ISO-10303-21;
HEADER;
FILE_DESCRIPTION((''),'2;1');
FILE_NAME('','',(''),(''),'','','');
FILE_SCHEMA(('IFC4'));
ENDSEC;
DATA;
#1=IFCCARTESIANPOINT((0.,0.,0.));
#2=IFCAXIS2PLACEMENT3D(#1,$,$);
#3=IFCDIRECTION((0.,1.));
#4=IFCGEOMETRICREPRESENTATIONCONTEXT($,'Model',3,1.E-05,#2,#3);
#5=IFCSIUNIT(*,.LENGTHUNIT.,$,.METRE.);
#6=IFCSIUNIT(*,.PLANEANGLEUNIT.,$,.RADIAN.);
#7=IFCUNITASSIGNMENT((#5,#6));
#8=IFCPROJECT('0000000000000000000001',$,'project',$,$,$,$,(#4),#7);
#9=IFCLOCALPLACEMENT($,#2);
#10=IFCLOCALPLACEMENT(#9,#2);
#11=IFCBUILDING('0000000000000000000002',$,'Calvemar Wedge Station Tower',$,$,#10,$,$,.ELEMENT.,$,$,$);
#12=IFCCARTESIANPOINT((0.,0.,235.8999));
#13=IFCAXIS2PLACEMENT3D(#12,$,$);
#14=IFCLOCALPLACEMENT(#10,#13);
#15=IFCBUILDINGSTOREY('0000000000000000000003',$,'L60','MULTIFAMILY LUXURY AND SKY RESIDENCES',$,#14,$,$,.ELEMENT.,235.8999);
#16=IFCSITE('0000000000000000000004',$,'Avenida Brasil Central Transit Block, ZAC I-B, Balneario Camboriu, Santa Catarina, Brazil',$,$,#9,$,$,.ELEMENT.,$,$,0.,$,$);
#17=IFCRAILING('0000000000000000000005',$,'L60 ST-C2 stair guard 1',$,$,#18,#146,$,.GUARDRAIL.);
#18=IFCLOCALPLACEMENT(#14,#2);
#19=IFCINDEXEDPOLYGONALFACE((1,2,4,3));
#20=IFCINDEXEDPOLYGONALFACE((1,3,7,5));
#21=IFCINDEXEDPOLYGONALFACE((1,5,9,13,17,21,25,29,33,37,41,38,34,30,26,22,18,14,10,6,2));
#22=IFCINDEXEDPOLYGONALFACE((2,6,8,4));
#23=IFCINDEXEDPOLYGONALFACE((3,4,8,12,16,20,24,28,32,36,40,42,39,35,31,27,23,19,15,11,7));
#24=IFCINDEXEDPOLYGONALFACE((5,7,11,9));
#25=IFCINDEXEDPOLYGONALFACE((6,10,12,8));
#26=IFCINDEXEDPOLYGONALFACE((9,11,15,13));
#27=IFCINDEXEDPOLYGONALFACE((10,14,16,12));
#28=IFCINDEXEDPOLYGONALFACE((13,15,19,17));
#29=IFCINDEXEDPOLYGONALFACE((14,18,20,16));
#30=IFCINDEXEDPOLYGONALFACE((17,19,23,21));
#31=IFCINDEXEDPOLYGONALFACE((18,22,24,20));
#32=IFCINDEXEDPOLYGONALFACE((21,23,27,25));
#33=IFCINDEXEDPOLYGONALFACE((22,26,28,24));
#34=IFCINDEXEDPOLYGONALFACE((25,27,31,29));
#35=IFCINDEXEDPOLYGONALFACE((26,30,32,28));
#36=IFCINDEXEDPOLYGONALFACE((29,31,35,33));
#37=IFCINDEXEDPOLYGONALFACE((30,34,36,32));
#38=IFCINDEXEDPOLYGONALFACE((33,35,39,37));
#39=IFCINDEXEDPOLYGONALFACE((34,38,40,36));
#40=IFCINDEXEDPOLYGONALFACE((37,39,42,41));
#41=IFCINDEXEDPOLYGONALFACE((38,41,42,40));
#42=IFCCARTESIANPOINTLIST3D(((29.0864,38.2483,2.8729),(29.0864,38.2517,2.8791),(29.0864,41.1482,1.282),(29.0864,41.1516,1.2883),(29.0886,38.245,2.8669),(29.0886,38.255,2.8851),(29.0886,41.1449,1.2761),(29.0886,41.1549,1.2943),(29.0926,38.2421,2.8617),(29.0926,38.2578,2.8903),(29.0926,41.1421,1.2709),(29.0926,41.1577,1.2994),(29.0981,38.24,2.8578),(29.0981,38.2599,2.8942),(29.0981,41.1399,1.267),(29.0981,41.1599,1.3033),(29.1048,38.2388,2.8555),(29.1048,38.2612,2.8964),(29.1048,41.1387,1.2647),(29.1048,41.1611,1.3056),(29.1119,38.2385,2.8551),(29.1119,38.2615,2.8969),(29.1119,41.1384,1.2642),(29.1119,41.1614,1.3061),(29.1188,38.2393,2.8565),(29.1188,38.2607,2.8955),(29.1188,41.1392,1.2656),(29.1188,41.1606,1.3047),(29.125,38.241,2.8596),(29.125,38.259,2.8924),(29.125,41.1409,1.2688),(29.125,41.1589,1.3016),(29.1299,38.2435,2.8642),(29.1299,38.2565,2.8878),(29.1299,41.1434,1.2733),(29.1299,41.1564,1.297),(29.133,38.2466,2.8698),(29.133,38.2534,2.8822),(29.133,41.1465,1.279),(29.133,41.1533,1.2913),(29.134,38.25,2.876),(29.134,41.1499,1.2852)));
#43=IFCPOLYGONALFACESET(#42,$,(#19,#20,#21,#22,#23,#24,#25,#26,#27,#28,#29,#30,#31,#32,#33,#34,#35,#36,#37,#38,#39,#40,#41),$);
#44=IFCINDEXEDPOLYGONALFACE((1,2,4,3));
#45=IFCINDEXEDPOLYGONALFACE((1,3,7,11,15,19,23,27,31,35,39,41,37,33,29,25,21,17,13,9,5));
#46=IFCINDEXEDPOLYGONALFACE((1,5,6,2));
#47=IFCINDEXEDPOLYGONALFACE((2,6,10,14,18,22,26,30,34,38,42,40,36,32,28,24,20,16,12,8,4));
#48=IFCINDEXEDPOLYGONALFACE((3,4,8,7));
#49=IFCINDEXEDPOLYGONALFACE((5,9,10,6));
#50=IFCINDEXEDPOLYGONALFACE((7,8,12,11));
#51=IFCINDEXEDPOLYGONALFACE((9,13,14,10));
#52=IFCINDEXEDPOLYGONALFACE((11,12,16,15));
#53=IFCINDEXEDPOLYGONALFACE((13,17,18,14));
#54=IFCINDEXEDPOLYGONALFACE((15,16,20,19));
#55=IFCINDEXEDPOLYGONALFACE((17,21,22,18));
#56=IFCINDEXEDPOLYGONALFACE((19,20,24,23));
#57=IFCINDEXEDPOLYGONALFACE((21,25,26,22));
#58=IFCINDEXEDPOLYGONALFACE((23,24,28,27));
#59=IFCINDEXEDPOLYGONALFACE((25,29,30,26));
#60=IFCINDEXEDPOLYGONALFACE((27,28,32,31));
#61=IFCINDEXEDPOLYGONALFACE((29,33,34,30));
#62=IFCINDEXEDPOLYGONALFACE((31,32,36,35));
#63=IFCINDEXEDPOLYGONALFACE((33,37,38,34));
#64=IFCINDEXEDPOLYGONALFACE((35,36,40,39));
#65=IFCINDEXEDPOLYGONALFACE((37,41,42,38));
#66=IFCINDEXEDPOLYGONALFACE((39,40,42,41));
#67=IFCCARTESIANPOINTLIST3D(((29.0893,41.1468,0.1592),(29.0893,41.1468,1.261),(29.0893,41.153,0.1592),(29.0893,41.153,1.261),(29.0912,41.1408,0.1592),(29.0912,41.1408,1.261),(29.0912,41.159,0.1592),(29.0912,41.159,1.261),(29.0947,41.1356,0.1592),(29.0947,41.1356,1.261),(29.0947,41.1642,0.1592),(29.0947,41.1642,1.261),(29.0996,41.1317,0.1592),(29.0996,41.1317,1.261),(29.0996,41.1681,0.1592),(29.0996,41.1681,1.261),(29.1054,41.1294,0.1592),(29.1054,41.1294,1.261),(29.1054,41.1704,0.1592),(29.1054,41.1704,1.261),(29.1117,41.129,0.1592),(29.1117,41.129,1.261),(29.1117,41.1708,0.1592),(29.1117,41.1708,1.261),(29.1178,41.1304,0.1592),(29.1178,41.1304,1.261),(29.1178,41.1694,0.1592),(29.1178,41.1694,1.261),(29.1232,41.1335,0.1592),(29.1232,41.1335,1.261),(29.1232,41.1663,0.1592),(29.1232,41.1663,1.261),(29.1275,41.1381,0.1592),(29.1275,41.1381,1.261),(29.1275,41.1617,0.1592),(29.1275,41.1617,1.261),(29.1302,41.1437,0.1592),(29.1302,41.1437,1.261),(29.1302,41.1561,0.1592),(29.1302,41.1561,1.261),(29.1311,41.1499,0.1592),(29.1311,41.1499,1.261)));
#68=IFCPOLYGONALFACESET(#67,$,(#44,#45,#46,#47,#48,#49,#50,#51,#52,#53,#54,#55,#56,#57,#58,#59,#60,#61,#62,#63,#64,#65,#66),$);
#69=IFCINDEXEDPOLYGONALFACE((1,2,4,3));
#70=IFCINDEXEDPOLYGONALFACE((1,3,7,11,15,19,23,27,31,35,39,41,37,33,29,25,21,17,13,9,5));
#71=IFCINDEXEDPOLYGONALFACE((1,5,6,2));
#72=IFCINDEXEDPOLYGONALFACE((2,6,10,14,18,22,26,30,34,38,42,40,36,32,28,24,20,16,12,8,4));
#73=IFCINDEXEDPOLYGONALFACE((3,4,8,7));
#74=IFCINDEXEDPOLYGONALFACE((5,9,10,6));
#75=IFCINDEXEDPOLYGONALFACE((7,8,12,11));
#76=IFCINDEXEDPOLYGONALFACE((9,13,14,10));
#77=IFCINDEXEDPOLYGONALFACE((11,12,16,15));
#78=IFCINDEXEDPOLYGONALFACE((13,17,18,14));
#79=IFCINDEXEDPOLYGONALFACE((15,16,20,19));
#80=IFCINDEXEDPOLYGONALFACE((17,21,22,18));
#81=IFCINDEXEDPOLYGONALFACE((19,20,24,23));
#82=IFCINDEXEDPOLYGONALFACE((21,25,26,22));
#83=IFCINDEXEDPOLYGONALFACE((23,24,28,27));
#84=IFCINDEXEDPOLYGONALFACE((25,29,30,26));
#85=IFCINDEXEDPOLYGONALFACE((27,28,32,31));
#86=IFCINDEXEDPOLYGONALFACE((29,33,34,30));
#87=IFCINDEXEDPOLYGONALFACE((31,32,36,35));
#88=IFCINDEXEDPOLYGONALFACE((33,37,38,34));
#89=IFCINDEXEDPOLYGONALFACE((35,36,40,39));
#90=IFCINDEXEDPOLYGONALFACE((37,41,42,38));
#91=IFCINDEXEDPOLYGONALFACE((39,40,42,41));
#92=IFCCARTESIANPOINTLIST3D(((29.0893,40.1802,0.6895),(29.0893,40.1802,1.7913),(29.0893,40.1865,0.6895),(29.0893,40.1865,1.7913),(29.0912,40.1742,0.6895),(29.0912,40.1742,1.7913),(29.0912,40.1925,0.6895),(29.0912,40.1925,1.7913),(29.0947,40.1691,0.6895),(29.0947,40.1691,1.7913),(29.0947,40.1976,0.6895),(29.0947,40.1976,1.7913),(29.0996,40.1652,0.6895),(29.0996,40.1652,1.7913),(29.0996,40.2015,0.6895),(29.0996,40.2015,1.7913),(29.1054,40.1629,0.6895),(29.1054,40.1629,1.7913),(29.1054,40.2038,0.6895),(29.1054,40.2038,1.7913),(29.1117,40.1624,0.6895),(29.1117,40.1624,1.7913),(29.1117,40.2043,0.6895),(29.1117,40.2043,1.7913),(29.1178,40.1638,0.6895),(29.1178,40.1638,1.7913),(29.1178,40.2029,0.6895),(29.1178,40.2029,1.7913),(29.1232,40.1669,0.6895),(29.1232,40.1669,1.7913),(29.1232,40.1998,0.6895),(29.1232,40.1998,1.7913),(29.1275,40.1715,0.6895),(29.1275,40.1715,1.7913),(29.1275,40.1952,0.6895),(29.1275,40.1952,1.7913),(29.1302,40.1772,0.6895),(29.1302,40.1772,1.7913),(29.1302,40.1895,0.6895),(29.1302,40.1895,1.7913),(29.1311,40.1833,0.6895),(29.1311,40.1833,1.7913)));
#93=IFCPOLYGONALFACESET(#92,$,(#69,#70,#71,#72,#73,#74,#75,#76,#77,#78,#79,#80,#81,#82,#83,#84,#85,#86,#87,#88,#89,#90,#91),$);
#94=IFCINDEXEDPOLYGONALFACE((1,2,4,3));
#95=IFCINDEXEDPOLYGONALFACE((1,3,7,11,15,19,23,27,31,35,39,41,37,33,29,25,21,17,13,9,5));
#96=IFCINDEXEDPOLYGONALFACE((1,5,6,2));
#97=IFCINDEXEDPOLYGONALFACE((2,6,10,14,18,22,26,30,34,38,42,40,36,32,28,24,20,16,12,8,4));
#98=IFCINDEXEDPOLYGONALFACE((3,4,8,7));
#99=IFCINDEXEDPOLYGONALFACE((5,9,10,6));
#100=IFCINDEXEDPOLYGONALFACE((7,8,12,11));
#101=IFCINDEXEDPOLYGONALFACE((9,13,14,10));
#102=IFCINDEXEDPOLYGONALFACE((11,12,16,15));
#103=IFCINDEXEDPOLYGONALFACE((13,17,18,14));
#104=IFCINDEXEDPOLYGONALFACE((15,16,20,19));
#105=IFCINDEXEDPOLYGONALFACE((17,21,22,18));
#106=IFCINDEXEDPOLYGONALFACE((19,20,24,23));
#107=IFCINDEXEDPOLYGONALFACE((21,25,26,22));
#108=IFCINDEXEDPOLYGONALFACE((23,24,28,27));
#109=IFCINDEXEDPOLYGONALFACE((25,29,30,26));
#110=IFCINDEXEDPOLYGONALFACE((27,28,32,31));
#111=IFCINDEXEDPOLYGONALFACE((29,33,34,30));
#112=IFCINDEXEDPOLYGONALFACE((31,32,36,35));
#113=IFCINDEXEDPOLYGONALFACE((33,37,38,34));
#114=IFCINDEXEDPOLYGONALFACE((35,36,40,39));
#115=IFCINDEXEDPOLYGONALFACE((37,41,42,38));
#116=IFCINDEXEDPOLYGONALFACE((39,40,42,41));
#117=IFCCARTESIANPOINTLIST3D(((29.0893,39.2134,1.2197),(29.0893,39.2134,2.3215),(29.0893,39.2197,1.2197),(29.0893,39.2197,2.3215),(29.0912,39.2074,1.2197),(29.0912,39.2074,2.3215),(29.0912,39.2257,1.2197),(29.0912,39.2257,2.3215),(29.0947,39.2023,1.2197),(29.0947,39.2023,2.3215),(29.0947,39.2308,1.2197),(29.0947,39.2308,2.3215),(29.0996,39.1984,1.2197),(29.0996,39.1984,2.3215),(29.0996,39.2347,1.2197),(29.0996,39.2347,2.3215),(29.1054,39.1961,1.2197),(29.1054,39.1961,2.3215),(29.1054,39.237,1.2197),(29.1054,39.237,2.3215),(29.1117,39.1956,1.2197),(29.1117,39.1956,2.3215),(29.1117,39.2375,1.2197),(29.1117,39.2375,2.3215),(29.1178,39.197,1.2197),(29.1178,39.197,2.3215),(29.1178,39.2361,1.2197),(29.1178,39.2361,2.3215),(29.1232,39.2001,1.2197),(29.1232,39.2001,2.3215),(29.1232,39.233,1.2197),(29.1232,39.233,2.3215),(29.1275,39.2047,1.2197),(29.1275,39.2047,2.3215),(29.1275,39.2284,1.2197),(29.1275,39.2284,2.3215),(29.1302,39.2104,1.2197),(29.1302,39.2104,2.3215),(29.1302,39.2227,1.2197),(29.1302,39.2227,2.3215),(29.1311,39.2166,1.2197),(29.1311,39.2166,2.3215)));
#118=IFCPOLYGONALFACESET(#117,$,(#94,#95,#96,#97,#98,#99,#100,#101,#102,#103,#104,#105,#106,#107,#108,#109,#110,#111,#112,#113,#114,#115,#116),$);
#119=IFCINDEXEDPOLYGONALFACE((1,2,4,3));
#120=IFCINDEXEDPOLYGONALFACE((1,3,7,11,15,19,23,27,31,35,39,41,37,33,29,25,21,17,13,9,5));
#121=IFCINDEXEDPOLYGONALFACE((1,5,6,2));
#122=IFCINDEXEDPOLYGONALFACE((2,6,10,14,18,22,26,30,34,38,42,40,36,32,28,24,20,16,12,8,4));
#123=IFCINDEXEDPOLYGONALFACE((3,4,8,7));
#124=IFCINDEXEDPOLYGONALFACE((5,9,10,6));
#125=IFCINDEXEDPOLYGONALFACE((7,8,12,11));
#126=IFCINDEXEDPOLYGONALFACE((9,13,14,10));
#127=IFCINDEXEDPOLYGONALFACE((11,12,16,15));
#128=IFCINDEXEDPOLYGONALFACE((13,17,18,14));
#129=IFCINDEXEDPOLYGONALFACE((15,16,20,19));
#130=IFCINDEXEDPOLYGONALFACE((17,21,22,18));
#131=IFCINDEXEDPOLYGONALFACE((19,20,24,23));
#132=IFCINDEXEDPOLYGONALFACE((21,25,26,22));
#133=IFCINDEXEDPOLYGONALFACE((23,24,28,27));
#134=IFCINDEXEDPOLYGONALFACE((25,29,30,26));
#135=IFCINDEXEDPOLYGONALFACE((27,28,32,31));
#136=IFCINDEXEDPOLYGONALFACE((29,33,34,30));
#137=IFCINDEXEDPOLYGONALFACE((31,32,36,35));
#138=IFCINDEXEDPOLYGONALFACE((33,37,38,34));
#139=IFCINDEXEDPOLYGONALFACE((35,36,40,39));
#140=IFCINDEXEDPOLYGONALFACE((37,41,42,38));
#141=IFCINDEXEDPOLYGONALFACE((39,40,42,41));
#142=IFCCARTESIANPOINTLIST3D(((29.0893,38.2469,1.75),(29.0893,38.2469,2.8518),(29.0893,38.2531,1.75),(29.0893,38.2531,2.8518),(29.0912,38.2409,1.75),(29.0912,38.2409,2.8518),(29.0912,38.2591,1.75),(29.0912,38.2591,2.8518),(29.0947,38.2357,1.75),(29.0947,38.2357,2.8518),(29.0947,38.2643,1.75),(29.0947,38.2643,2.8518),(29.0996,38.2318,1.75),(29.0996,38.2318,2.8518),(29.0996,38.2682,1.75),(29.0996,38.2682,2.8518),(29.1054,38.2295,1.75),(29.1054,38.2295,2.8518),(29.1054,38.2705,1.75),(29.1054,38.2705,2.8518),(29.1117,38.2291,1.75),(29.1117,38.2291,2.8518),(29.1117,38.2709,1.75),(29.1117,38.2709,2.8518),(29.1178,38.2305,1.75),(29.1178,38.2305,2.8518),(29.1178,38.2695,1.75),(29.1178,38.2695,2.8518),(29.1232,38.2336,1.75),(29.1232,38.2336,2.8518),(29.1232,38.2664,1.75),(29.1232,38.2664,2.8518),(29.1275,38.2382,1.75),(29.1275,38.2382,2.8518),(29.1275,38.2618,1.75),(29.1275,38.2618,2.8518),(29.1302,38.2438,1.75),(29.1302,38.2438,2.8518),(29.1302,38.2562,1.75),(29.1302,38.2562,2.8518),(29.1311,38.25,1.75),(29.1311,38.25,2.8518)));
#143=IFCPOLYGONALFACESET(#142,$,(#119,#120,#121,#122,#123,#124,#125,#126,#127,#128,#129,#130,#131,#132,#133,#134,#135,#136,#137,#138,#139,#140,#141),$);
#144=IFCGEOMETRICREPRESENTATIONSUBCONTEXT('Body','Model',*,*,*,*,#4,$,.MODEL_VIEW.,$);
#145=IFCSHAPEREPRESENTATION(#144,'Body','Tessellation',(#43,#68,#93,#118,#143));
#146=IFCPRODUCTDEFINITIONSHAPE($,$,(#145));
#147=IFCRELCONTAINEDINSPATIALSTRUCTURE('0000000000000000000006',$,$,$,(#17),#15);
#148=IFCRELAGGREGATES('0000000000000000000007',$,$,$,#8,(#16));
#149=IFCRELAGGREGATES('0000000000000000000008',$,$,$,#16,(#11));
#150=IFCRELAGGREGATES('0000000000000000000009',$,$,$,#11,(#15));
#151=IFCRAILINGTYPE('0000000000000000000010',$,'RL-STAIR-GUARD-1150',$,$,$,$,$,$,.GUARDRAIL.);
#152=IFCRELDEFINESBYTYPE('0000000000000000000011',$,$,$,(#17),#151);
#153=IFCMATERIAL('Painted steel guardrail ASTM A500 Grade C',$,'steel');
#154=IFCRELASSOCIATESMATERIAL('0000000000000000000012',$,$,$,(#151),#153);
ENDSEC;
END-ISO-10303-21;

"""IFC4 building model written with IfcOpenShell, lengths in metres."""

from ifc_helpers import new_model, si_unit, direction, frame, origin, origin_2d, place, context, subcontext, project, spatial, circle, extrude, material, type_object, element, save


model = new_model("IFC4")

# Units and contexts
model_context = context("Model", 3, precision=1e-05, world=origin(), true_north=direction((0.0, 1.0)))
body_context = subcontext(model_context, "Body", "Model", "MODEL_VIEW")
ifc_project = project(units=[si_unit("LENGTHUNIT", "METRE"), si_unit("PLANEANGLEUNIT", "RADIAN")], contexts=[model_context])

# Site, building, storey
site_placement = place(None, origin())
site = spatial("IfcSite", under=ifc_project, at=site_placement, Name="Avenida Brasil Central Transit Block, ZAC I-B, Balneario Camboriu, Santa Catarina, Brazil", CompositionType="ELEMENT", RefElevation=0.0)
building_placement = place(site_placement, origin())
building = spatial("IfcBuilding", under=site, at=building_placement, Name="Calvemar Wedge Station Tower", CompositionType="ELEMENT")
storey_placement = place(building_placement, frame((0.0, 0.0, 235.8999)))
storey = spatial("IfcBuildingStorey", under=building, at=storey_placement, Name="L60", Description="MULTIFAMILY LUXURY AND SKY RESIDENCES", CompositionType="ELEMENT", Elevation=235.8999)

# Railing
ifc_material_1 = material(Name="Painted steel guardrail ASTM A500 Grade C", Category="steel")
railing_type_1 = type_object("IfcRailingType", Name="RL-STAIR-GUARD-1150", PredefinedType="GUARDRAIL", material=ifc_material_1)
railing_1_placement = place(storey_placement, frame((29.1101, 41.1499, 0.1592)))
element("IfcRailing", 1, at=railing_1_placement, inside=storey, type_object=railing_type_1, Name="L60 ST-C2 stair guard 1", PredefinedType="GUARDRAIL", context=body_context, shape_type="SweptSolid", body=[
    extrude(circle(Radius=0.0239, at=origin_2d()), frame((0.0, 0.0, 1.126), z_axis=(0.0, -0.876742, 0.480961), x_axis=(1.0, 0.0, 0.0)), (0.0, 0.0, 1.0), 3.3076),
    extrude(circle(Radius=0.021, at=origin_2d()), origin(), (0.0, 0.0, 1.0), 1.1018),
    extrude(circle(Radius=0.021, at=origin_2d()), frame((0.0, -0.9666, 0.5303)), (0.0, 0.0, 1.0), 1.1018),
    extrude(circle(Radius=0.021, at=origin_2d()), frame((0.0, -1.9333, 1.0605)), (0.0, 0.0, 1.0), 1.1018),
    extrude(circle(Radius=0.021, at=origin_2d()), frame((0.0, -2.8999, 1.5908)), (0.0, 0.0, 1.0), 1.1018),
])

save(model, "model.ifc")
